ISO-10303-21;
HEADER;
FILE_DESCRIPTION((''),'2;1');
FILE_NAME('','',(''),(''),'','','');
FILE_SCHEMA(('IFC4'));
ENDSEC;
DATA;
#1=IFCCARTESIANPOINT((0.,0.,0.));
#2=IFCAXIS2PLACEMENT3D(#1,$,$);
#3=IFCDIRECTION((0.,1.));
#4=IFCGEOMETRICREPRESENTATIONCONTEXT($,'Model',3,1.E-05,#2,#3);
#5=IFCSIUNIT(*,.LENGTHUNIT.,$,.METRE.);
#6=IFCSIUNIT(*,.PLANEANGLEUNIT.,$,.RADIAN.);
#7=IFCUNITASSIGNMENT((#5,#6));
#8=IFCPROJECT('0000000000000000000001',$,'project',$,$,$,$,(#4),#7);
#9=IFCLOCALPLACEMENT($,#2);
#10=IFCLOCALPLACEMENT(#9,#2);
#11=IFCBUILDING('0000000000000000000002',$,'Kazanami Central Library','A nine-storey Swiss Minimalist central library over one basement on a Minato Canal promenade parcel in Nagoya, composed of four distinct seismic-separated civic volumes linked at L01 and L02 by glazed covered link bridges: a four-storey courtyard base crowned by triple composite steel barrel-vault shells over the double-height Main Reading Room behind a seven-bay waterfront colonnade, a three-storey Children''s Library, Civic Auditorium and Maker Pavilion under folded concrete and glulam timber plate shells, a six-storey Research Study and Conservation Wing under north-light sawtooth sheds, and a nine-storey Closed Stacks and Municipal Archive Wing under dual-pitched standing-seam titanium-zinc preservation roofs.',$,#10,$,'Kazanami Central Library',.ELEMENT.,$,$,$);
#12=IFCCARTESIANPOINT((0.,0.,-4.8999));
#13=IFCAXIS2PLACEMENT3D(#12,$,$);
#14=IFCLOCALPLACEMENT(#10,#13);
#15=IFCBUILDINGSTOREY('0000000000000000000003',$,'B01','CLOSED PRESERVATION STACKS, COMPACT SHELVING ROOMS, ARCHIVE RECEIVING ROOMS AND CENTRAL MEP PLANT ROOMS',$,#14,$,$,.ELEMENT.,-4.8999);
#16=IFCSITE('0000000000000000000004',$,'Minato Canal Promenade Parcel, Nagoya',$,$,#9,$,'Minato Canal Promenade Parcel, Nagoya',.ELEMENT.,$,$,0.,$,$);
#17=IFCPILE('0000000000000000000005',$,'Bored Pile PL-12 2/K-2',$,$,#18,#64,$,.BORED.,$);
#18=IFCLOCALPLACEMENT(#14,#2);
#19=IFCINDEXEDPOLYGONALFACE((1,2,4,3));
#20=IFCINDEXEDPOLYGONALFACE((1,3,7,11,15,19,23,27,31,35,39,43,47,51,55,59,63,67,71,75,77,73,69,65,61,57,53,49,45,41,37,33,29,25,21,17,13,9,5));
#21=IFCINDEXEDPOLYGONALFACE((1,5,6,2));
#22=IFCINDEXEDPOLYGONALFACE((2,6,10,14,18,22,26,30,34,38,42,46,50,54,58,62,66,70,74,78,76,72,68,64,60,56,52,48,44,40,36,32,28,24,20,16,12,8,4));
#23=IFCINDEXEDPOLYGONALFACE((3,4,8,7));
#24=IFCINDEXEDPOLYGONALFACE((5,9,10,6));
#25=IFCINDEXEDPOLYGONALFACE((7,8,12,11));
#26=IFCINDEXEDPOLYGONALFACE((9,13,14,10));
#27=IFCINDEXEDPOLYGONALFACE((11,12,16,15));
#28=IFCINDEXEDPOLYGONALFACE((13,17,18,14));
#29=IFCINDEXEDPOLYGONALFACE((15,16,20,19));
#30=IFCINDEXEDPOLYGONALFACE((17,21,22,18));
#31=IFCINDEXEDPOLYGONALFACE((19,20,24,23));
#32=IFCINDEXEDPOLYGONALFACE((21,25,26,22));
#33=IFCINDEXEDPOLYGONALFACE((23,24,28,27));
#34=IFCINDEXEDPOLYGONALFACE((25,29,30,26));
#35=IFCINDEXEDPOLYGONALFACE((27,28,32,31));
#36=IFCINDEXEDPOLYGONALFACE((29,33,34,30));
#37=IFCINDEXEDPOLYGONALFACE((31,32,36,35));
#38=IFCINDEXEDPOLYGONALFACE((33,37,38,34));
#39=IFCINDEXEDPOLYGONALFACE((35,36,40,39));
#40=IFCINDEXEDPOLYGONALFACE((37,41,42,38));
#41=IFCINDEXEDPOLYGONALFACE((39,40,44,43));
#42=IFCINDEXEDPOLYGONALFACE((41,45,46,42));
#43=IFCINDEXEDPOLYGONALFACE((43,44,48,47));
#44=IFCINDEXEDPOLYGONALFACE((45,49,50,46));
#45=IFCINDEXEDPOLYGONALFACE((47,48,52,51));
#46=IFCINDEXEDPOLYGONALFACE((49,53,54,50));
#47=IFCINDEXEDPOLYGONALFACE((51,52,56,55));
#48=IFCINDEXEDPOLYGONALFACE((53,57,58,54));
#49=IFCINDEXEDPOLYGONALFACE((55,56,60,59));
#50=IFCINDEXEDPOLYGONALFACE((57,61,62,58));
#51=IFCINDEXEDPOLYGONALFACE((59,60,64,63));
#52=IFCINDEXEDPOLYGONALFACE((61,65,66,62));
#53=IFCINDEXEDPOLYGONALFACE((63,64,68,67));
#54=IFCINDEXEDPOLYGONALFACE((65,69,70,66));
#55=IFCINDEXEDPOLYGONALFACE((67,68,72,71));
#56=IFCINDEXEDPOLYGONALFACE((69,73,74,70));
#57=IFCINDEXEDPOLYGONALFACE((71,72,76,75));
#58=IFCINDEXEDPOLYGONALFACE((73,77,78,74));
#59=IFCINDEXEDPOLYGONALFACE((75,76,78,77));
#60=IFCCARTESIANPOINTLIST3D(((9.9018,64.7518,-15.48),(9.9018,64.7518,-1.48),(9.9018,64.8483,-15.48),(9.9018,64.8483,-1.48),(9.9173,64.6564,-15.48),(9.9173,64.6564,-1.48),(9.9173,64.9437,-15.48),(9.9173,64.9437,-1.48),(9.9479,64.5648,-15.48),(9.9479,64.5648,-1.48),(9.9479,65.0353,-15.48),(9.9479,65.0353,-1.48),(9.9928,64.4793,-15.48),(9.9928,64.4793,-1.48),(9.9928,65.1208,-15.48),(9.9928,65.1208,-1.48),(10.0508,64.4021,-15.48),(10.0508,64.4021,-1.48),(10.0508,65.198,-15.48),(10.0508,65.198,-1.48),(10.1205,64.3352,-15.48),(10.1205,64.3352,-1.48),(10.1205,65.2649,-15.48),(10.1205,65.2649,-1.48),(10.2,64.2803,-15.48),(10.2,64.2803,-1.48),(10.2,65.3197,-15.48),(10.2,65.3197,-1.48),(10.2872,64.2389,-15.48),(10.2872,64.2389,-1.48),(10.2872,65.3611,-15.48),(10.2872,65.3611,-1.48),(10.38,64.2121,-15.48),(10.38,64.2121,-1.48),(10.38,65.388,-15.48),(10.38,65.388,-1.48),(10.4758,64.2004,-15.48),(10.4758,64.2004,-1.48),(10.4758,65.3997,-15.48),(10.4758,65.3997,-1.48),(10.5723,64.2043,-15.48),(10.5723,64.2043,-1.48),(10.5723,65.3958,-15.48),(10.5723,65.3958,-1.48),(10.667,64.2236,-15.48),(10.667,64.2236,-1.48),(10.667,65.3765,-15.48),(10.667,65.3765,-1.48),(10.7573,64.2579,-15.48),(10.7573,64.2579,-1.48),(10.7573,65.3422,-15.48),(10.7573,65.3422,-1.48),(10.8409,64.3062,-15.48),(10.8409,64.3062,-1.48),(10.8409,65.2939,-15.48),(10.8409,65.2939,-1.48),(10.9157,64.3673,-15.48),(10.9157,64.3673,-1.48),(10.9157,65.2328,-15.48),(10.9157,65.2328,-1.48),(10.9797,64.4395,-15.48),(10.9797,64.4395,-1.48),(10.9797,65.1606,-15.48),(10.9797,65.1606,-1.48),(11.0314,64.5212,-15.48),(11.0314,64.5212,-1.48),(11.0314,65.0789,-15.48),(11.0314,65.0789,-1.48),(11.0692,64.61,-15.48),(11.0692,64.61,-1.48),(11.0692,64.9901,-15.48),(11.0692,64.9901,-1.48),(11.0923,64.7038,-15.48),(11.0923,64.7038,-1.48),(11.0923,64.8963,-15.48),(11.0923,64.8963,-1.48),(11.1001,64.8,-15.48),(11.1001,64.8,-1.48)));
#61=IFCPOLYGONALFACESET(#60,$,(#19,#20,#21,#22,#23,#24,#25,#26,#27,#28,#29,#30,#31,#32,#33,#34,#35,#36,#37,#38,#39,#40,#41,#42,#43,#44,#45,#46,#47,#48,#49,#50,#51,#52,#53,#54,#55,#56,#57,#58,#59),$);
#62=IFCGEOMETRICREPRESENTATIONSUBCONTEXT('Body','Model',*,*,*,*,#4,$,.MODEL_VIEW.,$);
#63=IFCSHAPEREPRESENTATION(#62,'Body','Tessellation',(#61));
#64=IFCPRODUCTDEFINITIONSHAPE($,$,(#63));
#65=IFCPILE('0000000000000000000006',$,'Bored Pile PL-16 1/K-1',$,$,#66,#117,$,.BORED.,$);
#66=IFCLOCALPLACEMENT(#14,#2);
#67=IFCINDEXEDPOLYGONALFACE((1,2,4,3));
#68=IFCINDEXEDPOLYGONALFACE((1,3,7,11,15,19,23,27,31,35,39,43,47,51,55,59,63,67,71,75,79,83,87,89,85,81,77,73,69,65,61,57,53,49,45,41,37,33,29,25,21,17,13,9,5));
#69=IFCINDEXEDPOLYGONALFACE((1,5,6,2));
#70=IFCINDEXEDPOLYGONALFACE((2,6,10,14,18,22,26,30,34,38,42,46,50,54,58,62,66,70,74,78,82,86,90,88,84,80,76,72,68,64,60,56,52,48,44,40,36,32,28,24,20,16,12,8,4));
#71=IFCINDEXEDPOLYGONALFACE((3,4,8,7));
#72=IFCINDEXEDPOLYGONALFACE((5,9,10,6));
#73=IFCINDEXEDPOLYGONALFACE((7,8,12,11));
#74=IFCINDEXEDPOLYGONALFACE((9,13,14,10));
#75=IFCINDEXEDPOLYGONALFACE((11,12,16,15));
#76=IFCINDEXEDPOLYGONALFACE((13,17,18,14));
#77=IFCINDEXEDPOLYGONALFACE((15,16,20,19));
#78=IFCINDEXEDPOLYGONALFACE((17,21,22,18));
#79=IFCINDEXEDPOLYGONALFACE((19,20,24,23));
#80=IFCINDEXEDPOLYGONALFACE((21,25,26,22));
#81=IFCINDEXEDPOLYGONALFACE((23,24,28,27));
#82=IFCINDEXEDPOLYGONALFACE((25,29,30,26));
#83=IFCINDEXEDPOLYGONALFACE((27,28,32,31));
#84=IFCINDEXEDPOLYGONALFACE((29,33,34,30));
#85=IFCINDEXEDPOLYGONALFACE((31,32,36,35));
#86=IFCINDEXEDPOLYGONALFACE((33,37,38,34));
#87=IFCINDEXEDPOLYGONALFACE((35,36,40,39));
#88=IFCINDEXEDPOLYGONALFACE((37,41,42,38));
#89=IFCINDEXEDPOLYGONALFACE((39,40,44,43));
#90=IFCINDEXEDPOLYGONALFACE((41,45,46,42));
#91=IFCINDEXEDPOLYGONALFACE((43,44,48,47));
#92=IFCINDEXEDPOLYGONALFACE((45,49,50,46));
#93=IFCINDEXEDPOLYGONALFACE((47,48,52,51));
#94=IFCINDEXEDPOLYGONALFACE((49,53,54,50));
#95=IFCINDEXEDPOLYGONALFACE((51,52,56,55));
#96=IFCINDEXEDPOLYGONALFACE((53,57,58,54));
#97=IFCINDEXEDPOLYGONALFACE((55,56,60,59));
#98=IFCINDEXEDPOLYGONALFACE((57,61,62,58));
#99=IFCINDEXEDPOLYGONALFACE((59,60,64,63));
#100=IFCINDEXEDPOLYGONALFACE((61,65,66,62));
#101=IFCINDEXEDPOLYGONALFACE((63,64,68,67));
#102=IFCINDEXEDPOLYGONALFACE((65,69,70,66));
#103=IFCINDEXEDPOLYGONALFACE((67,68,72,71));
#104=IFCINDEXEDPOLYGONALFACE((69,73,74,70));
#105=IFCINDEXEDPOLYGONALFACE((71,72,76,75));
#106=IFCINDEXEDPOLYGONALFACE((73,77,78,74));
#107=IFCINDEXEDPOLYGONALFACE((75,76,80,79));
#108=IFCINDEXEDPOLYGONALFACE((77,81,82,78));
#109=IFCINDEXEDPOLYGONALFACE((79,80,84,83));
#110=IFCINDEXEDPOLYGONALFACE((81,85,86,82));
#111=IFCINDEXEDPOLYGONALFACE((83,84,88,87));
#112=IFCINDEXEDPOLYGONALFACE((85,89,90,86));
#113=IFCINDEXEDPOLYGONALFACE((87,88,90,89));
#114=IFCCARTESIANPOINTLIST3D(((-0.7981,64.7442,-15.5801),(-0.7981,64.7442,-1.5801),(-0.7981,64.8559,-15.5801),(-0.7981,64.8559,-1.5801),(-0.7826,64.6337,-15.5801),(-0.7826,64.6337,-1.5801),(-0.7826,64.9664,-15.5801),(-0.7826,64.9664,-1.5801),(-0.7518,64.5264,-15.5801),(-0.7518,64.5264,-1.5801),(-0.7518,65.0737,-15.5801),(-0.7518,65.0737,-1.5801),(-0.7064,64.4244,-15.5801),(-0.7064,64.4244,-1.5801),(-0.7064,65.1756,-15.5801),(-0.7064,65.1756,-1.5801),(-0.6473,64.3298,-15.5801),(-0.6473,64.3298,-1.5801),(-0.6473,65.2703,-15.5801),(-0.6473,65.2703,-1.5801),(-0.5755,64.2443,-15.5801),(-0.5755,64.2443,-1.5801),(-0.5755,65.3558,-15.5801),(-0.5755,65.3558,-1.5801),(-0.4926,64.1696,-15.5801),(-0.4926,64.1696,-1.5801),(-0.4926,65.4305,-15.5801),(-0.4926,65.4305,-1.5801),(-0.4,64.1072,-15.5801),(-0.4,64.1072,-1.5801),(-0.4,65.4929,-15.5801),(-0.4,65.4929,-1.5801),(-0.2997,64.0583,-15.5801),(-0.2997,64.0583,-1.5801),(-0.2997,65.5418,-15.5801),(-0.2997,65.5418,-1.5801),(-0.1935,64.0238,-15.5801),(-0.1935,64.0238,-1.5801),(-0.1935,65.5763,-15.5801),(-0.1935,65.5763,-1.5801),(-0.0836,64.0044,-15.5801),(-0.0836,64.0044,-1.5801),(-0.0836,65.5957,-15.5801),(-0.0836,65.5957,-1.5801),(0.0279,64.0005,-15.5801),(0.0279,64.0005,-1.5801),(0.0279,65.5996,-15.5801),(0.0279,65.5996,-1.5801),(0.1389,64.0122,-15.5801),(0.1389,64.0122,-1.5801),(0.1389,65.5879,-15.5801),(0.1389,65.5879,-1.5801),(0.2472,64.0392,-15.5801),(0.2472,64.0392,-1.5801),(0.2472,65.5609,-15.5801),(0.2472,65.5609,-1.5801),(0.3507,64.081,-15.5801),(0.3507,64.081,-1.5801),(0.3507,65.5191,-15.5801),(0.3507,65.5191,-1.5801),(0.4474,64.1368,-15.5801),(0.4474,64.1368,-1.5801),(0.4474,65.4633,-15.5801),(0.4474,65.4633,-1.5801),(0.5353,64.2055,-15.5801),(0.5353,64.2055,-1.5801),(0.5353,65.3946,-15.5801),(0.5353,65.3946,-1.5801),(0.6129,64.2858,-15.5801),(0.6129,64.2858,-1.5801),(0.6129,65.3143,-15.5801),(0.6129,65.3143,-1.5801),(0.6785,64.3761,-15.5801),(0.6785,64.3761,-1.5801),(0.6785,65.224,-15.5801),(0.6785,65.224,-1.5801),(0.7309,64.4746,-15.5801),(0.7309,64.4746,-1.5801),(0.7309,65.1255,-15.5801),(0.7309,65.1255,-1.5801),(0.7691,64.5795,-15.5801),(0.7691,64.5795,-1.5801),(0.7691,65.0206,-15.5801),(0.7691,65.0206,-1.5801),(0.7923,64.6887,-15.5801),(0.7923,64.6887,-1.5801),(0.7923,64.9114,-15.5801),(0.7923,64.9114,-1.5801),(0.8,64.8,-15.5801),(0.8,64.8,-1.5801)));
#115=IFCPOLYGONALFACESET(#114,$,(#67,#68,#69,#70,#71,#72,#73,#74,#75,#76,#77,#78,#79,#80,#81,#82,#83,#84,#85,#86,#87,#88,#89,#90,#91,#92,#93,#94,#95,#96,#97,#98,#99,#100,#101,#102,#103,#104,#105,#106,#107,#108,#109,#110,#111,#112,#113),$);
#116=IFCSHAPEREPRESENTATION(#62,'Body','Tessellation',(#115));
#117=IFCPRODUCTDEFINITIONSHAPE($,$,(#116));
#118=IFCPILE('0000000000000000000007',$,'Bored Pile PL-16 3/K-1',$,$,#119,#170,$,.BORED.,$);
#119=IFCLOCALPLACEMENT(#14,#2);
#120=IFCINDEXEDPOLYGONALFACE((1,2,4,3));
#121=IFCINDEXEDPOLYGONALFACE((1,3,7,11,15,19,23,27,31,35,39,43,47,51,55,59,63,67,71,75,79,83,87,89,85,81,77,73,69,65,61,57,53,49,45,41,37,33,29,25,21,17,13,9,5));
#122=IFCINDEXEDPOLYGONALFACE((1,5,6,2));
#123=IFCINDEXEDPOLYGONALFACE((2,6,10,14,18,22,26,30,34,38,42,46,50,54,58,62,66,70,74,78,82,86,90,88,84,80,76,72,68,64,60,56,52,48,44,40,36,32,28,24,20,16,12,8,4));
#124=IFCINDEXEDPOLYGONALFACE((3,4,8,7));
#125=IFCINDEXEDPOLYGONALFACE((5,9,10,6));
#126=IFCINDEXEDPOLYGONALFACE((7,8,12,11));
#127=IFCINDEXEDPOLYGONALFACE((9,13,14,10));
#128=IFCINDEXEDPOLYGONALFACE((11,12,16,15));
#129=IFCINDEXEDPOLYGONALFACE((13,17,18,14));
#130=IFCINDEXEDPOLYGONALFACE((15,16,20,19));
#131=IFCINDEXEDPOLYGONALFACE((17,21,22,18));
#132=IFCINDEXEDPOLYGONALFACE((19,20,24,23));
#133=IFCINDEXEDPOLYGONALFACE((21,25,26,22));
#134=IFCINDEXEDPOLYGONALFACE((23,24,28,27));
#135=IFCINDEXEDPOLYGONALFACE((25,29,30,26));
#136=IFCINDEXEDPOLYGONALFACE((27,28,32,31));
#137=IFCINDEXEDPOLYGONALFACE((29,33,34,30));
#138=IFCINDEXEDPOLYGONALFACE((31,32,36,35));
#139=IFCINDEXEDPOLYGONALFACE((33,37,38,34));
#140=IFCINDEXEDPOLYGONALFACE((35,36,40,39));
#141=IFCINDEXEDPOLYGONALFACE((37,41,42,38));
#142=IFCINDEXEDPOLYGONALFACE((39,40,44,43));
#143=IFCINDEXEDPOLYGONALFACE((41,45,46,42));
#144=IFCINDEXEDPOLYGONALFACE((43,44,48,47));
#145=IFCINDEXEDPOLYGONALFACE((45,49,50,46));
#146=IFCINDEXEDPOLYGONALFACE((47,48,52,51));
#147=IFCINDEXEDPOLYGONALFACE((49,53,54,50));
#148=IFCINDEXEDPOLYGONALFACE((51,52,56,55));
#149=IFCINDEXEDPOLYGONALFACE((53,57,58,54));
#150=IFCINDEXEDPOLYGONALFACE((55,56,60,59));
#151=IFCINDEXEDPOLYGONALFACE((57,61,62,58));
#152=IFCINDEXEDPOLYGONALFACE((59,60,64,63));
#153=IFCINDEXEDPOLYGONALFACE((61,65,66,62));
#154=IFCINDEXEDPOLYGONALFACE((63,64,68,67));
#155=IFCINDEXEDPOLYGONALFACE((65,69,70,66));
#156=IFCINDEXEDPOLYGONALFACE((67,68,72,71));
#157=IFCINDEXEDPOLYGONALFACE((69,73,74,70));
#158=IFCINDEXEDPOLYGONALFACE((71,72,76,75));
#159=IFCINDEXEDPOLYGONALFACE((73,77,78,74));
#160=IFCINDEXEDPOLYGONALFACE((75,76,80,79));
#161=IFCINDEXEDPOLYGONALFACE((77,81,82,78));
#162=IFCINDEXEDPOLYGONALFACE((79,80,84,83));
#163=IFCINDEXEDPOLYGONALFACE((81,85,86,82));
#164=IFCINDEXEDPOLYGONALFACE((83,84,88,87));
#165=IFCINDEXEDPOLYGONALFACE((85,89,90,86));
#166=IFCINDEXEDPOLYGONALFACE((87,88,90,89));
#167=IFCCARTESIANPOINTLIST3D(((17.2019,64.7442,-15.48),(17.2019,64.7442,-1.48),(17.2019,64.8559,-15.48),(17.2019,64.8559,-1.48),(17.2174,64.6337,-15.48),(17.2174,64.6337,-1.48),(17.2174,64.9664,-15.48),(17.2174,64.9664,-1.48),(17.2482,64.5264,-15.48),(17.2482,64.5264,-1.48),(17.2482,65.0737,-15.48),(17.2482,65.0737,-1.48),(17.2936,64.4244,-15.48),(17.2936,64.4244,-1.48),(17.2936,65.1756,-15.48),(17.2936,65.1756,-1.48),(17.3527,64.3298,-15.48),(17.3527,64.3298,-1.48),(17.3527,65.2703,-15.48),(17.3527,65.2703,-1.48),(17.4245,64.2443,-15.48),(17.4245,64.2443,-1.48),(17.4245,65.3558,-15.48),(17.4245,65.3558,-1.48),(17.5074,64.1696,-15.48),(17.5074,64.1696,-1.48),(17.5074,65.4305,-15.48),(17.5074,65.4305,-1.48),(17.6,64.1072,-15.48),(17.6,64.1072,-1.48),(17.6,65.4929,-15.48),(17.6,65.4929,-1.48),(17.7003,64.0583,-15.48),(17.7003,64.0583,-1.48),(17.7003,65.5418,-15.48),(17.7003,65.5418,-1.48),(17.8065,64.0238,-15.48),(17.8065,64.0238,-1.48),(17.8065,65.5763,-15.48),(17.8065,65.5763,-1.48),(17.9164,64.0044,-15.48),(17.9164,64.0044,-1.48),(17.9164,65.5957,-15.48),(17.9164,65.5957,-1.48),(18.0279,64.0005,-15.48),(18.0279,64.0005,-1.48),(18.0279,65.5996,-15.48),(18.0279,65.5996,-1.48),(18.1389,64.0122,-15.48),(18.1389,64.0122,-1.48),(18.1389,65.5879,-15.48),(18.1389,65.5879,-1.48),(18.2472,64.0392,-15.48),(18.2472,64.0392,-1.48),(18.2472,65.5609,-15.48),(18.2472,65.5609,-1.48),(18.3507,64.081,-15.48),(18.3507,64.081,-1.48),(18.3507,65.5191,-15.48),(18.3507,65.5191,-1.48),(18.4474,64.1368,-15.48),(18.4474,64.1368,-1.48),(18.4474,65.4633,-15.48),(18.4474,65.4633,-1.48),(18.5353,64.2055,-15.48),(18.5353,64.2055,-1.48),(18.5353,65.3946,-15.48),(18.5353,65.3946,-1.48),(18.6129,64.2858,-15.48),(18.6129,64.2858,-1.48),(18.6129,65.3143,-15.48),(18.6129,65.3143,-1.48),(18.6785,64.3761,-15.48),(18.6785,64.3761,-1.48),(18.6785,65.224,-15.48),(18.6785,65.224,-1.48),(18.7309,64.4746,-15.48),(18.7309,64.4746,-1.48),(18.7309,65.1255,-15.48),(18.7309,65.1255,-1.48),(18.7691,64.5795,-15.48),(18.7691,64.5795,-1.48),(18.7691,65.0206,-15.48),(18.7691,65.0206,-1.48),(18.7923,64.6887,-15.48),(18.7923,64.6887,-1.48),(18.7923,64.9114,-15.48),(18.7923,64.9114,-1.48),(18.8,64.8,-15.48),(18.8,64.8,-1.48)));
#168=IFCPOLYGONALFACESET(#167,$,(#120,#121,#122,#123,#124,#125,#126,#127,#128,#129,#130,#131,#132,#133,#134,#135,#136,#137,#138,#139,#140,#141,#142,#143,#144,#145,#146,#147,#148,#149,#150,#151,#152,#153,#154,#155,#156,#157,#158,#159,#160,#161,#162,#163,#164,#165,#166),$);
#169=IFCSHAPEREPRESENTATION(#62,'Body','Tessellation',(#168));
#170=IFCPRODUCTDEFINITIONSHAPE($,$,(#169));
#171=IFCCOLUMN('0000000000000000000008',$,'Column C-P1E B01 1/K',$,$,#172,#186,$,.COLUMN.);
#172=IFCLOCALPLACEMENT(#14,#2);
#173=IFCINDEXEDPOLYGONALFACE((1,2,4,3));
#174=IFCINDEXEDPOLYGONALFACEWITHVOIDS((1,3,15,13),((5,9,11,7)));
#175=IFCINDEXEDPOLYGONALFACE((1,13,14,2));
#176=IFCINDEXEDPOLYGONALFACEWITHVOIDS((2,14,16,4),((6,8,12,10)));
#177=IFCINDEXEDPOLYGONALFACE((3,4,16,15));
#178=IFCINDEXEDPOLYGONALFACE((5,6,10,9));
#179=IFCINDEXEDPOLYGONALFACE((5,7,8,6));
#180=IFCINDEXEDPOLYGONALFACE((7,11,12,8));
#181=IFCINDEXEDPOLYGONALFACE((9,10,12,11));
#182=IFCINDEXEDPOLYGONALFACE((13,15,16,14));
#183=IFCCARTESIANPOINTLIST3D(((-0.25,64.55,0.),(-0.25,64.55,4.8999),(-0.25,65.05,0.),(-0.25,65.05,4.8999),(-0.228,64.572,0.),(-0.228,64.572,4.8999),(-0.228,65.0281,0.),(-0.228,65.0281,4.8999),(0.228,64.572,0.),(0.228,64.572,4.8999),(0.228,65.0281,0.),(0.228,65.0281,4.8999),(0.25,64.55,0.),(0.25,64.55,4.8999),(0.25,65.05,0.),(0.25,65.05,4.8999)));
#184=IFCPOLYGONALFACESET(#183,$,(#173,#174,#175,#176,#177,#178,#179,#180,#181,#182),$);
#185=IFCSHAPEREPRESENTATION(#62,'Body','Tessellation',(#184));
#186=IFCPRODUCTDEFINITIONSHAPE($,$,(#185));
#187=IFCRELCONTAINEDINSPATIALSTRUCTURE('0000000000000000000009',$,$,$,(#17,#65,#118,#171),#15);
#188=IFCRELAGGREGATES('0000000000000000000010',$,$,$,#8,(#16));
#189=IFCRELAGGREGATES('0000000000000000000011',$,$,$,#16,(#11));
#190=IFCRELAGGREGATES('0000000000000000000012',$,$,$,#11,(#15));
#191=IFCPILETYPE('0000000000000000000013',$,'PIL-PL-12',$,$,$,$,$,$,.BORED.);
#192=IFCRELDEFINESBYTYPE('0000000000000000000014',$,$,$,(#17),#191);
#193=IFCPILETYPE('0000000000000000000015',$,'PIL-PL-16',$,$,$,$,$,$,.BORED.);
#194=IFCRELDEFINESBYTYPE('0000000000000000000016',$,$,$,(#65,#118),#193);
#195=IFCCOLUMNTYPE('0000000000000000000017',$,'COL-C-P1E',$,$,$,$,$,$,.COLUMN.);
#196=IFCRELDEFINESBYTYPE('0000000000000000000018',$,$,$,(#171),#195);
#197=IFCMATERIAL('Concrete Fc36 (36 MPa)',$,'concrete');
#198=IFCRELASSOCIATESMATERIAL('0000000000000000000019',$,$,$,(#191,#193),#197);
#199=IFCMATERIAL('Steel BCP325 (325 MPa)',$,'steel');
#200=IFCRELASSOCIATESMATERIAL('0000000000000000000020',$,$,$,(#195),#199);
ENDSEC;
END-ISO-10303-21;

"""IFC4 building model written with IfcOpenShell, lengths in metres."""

from ifc_helpers import new_model, si_unit, direction, frame, origin, origin_2d, place, context, subcontext, project, spatial, hollow_rectangle, circle, extrude, material, material_profile, profile_set, type_object, element, save


model = new_model("IFC4")

# Units and contexts
model_context = context("Model", 3, precision=1e-05, world=origin(), true_north=direction((0.0, 1.0)))
body_context = subcontext(model_context, "Body", "Model", "MODEL_VIEW")
ifc_project = project(units=[si_unit("LENGTHUNIT", "METRE"), si_unit("PLANEANGLEUNIT", "RADIAN")], contexts=[model_context])

# Site, building, storey
site_placement = place(None, origin())
site = spatial("IfcSite", under=ifc_project, at=site_placement, Name="Minato Canal Promenade Parcel, Nagoya", LongName="Minato Canal Promenade Parcel, Nagoya", CompositionType="ELEMENT", RefElevation=0.0)
building_placement = place(site_placement, origin())
building = spatial("IfcBuilding", under=site, at=building_placement, Name="Kazanami Central Library", Description="A nine-storey Swiss Minimalist central library over one basement on a Minato Canal promenade parcel in Nagoya, composed of four distinct seismic-separated civic volumes linked at L01 and L02 by glazed covered link bridges: a four-storey courtyard base crowned by triple composite steel barrel-vault shells over the double-height Main Reading Room behind a seven-bay waterfront colonnade, a three-storey Children's Library, Civic Auditorium and Maker Pavilion under folded concrete and glulam timber plate shells, a six-storey Research Study and Conservation Wing under north-light sawtooth sheds, and a nine-storey Closed Stacks and Municipal Archive Wing under dual-pitched standing-seam titanium-zinc preservation roofs.", LongName="Kazanami Central Library", CompositionType="ELEMENT")
storey_placement = place(building_placement, frame((0.0, 0.0, -4.8999)))
storey = spatial("IfcBuildingStorey", under=building, at=storey_placement, Name="B01", Description="CLOSED PRESERVATION STACKS, COMPACT SHELVING ROOMS, ARCHIVE RECEIVING ROOMS AND CENTRAL MEP PLANT ROOMS", CompositionType="ELEMENT", Elevation=-4.8999)

# Shared definitions
ifc_material_1 = material(Name="Concrete Fc36 (36 MPa)", Category="concrete")

# Piles
ifc_material_profile_1 = material_profile(ifc_material_1, circle(Radius=0.6001, at=origin_2d()), Name="BORED-D1200")
ifc_profile_set_1 = profile_set([ifc_material_profile_1], Name="Concrete Fc36 (36 MPa)")
pile_type_1 = type_object("IfcPileType", Name="PIL-PL-12", PredefinedType="BORED", material=ifc_profile_set_1)
for number, where, z_axis, x_axis, name in (
    (1, (10.5, 64.8, -1.48), (0.0, 0.0, -1.0), (1.0, 0.0, 0.0), "Bored Pile PL-12 2/K-2"),
):
    element("IfcPile", number, at=place(storey_placement, frame(where, z_axis=z_axis, x_axis=x_axis)), inside=storey, type_object=pile_type_1, Name=name, PredefinedType="BORED", context=body_context, shape_type="SweptSolid", body=[
        extrude(circle(Radius=0.6001, at=origin_2d()), origin(), (0.0, 0.0, 1.0), 14.0),
    ])
ifc_material_profile_2 = material_profile(ifc_material_1, circle(Radius=0.8, at=origin_2d()), Name="BORED-D1600")
ifc_profile_set_2 = profile_set([ifc_material_profile_2], Name="Concrete Fc36 (36 MPa)")
pile_type_2 = type_object("IfcPileType", Name="PIL-PL-16", PredefinedType="BORED", material=ifc_profile_set_2)
for number, where, z_axis, x_axis, name in (
    (2, (0.0, 64.8, -1.5801), (0.0, 0.0, -1.0), (1.0, 0.0, 0.0), "Bored Pile PL-16 1/K-1"),
    (3, (18.0, 64.8, -1.48), (0.0, 0.0, -1.0), (1.0, 0.0, 0.0), "Bored Pile PL-16 3/K-1"),
):
    element("IfcPile", number, at=place(storey_placement, frame(where, z_axis=z_axis, x_axis=x_axis)), inside=storey, type_object=pile_type_2, Name=name, PredefinedType="BORED", context=body_context, shape_type="SweptSolid", body=[
        extrude(circle(Radius=0.8, at=origin_2d()), origin(), (0.0, 0.0, 1.0), 14.0),
    ])

# Column
ifc_material_2 = material(Name="Steel BCP325 (325 MPa)", Category="steel")
ifc_material_profile_3 = material_profile(ifc_material_2, hollow_rectangle(XDim=0.5, YDim=0.5, WallThickness=0.022, at=origin_2d()), Name="BCP-500x500x22")
ifc_profile_set_3 = profile_set([ifc_material_profile_3], Name="Steel BCP325 (325 MPa)")
column_type_1 = type_object("IfcColumnType", Name="COL-C-P1E", PredefinedType="COLUMN", material=ifc_profile_set_3)
column_placement = place(storey_placement, frame((0.0, 64.8, 0.0), z_axis=(0.0, 0.0, 1.0), x_axis=(1.0, 0.0, 0.0)))
element("IfcColumn", 4, at=column_placement, inside=storey, type_object=column_type_1, Name="Column C-P1E B01 1/K", PredefinedType="COLUMN", context=body_context, shape_type="SweptSolid", body=[
    extrude(hollow_rectangle(XDim=0.5, YDim=0.5, WallThickness=0.022, at=origin_2d()), origin(), (0.0, 0.0, 1.0), 4.8999),
])

save(model, "model.ifc")
